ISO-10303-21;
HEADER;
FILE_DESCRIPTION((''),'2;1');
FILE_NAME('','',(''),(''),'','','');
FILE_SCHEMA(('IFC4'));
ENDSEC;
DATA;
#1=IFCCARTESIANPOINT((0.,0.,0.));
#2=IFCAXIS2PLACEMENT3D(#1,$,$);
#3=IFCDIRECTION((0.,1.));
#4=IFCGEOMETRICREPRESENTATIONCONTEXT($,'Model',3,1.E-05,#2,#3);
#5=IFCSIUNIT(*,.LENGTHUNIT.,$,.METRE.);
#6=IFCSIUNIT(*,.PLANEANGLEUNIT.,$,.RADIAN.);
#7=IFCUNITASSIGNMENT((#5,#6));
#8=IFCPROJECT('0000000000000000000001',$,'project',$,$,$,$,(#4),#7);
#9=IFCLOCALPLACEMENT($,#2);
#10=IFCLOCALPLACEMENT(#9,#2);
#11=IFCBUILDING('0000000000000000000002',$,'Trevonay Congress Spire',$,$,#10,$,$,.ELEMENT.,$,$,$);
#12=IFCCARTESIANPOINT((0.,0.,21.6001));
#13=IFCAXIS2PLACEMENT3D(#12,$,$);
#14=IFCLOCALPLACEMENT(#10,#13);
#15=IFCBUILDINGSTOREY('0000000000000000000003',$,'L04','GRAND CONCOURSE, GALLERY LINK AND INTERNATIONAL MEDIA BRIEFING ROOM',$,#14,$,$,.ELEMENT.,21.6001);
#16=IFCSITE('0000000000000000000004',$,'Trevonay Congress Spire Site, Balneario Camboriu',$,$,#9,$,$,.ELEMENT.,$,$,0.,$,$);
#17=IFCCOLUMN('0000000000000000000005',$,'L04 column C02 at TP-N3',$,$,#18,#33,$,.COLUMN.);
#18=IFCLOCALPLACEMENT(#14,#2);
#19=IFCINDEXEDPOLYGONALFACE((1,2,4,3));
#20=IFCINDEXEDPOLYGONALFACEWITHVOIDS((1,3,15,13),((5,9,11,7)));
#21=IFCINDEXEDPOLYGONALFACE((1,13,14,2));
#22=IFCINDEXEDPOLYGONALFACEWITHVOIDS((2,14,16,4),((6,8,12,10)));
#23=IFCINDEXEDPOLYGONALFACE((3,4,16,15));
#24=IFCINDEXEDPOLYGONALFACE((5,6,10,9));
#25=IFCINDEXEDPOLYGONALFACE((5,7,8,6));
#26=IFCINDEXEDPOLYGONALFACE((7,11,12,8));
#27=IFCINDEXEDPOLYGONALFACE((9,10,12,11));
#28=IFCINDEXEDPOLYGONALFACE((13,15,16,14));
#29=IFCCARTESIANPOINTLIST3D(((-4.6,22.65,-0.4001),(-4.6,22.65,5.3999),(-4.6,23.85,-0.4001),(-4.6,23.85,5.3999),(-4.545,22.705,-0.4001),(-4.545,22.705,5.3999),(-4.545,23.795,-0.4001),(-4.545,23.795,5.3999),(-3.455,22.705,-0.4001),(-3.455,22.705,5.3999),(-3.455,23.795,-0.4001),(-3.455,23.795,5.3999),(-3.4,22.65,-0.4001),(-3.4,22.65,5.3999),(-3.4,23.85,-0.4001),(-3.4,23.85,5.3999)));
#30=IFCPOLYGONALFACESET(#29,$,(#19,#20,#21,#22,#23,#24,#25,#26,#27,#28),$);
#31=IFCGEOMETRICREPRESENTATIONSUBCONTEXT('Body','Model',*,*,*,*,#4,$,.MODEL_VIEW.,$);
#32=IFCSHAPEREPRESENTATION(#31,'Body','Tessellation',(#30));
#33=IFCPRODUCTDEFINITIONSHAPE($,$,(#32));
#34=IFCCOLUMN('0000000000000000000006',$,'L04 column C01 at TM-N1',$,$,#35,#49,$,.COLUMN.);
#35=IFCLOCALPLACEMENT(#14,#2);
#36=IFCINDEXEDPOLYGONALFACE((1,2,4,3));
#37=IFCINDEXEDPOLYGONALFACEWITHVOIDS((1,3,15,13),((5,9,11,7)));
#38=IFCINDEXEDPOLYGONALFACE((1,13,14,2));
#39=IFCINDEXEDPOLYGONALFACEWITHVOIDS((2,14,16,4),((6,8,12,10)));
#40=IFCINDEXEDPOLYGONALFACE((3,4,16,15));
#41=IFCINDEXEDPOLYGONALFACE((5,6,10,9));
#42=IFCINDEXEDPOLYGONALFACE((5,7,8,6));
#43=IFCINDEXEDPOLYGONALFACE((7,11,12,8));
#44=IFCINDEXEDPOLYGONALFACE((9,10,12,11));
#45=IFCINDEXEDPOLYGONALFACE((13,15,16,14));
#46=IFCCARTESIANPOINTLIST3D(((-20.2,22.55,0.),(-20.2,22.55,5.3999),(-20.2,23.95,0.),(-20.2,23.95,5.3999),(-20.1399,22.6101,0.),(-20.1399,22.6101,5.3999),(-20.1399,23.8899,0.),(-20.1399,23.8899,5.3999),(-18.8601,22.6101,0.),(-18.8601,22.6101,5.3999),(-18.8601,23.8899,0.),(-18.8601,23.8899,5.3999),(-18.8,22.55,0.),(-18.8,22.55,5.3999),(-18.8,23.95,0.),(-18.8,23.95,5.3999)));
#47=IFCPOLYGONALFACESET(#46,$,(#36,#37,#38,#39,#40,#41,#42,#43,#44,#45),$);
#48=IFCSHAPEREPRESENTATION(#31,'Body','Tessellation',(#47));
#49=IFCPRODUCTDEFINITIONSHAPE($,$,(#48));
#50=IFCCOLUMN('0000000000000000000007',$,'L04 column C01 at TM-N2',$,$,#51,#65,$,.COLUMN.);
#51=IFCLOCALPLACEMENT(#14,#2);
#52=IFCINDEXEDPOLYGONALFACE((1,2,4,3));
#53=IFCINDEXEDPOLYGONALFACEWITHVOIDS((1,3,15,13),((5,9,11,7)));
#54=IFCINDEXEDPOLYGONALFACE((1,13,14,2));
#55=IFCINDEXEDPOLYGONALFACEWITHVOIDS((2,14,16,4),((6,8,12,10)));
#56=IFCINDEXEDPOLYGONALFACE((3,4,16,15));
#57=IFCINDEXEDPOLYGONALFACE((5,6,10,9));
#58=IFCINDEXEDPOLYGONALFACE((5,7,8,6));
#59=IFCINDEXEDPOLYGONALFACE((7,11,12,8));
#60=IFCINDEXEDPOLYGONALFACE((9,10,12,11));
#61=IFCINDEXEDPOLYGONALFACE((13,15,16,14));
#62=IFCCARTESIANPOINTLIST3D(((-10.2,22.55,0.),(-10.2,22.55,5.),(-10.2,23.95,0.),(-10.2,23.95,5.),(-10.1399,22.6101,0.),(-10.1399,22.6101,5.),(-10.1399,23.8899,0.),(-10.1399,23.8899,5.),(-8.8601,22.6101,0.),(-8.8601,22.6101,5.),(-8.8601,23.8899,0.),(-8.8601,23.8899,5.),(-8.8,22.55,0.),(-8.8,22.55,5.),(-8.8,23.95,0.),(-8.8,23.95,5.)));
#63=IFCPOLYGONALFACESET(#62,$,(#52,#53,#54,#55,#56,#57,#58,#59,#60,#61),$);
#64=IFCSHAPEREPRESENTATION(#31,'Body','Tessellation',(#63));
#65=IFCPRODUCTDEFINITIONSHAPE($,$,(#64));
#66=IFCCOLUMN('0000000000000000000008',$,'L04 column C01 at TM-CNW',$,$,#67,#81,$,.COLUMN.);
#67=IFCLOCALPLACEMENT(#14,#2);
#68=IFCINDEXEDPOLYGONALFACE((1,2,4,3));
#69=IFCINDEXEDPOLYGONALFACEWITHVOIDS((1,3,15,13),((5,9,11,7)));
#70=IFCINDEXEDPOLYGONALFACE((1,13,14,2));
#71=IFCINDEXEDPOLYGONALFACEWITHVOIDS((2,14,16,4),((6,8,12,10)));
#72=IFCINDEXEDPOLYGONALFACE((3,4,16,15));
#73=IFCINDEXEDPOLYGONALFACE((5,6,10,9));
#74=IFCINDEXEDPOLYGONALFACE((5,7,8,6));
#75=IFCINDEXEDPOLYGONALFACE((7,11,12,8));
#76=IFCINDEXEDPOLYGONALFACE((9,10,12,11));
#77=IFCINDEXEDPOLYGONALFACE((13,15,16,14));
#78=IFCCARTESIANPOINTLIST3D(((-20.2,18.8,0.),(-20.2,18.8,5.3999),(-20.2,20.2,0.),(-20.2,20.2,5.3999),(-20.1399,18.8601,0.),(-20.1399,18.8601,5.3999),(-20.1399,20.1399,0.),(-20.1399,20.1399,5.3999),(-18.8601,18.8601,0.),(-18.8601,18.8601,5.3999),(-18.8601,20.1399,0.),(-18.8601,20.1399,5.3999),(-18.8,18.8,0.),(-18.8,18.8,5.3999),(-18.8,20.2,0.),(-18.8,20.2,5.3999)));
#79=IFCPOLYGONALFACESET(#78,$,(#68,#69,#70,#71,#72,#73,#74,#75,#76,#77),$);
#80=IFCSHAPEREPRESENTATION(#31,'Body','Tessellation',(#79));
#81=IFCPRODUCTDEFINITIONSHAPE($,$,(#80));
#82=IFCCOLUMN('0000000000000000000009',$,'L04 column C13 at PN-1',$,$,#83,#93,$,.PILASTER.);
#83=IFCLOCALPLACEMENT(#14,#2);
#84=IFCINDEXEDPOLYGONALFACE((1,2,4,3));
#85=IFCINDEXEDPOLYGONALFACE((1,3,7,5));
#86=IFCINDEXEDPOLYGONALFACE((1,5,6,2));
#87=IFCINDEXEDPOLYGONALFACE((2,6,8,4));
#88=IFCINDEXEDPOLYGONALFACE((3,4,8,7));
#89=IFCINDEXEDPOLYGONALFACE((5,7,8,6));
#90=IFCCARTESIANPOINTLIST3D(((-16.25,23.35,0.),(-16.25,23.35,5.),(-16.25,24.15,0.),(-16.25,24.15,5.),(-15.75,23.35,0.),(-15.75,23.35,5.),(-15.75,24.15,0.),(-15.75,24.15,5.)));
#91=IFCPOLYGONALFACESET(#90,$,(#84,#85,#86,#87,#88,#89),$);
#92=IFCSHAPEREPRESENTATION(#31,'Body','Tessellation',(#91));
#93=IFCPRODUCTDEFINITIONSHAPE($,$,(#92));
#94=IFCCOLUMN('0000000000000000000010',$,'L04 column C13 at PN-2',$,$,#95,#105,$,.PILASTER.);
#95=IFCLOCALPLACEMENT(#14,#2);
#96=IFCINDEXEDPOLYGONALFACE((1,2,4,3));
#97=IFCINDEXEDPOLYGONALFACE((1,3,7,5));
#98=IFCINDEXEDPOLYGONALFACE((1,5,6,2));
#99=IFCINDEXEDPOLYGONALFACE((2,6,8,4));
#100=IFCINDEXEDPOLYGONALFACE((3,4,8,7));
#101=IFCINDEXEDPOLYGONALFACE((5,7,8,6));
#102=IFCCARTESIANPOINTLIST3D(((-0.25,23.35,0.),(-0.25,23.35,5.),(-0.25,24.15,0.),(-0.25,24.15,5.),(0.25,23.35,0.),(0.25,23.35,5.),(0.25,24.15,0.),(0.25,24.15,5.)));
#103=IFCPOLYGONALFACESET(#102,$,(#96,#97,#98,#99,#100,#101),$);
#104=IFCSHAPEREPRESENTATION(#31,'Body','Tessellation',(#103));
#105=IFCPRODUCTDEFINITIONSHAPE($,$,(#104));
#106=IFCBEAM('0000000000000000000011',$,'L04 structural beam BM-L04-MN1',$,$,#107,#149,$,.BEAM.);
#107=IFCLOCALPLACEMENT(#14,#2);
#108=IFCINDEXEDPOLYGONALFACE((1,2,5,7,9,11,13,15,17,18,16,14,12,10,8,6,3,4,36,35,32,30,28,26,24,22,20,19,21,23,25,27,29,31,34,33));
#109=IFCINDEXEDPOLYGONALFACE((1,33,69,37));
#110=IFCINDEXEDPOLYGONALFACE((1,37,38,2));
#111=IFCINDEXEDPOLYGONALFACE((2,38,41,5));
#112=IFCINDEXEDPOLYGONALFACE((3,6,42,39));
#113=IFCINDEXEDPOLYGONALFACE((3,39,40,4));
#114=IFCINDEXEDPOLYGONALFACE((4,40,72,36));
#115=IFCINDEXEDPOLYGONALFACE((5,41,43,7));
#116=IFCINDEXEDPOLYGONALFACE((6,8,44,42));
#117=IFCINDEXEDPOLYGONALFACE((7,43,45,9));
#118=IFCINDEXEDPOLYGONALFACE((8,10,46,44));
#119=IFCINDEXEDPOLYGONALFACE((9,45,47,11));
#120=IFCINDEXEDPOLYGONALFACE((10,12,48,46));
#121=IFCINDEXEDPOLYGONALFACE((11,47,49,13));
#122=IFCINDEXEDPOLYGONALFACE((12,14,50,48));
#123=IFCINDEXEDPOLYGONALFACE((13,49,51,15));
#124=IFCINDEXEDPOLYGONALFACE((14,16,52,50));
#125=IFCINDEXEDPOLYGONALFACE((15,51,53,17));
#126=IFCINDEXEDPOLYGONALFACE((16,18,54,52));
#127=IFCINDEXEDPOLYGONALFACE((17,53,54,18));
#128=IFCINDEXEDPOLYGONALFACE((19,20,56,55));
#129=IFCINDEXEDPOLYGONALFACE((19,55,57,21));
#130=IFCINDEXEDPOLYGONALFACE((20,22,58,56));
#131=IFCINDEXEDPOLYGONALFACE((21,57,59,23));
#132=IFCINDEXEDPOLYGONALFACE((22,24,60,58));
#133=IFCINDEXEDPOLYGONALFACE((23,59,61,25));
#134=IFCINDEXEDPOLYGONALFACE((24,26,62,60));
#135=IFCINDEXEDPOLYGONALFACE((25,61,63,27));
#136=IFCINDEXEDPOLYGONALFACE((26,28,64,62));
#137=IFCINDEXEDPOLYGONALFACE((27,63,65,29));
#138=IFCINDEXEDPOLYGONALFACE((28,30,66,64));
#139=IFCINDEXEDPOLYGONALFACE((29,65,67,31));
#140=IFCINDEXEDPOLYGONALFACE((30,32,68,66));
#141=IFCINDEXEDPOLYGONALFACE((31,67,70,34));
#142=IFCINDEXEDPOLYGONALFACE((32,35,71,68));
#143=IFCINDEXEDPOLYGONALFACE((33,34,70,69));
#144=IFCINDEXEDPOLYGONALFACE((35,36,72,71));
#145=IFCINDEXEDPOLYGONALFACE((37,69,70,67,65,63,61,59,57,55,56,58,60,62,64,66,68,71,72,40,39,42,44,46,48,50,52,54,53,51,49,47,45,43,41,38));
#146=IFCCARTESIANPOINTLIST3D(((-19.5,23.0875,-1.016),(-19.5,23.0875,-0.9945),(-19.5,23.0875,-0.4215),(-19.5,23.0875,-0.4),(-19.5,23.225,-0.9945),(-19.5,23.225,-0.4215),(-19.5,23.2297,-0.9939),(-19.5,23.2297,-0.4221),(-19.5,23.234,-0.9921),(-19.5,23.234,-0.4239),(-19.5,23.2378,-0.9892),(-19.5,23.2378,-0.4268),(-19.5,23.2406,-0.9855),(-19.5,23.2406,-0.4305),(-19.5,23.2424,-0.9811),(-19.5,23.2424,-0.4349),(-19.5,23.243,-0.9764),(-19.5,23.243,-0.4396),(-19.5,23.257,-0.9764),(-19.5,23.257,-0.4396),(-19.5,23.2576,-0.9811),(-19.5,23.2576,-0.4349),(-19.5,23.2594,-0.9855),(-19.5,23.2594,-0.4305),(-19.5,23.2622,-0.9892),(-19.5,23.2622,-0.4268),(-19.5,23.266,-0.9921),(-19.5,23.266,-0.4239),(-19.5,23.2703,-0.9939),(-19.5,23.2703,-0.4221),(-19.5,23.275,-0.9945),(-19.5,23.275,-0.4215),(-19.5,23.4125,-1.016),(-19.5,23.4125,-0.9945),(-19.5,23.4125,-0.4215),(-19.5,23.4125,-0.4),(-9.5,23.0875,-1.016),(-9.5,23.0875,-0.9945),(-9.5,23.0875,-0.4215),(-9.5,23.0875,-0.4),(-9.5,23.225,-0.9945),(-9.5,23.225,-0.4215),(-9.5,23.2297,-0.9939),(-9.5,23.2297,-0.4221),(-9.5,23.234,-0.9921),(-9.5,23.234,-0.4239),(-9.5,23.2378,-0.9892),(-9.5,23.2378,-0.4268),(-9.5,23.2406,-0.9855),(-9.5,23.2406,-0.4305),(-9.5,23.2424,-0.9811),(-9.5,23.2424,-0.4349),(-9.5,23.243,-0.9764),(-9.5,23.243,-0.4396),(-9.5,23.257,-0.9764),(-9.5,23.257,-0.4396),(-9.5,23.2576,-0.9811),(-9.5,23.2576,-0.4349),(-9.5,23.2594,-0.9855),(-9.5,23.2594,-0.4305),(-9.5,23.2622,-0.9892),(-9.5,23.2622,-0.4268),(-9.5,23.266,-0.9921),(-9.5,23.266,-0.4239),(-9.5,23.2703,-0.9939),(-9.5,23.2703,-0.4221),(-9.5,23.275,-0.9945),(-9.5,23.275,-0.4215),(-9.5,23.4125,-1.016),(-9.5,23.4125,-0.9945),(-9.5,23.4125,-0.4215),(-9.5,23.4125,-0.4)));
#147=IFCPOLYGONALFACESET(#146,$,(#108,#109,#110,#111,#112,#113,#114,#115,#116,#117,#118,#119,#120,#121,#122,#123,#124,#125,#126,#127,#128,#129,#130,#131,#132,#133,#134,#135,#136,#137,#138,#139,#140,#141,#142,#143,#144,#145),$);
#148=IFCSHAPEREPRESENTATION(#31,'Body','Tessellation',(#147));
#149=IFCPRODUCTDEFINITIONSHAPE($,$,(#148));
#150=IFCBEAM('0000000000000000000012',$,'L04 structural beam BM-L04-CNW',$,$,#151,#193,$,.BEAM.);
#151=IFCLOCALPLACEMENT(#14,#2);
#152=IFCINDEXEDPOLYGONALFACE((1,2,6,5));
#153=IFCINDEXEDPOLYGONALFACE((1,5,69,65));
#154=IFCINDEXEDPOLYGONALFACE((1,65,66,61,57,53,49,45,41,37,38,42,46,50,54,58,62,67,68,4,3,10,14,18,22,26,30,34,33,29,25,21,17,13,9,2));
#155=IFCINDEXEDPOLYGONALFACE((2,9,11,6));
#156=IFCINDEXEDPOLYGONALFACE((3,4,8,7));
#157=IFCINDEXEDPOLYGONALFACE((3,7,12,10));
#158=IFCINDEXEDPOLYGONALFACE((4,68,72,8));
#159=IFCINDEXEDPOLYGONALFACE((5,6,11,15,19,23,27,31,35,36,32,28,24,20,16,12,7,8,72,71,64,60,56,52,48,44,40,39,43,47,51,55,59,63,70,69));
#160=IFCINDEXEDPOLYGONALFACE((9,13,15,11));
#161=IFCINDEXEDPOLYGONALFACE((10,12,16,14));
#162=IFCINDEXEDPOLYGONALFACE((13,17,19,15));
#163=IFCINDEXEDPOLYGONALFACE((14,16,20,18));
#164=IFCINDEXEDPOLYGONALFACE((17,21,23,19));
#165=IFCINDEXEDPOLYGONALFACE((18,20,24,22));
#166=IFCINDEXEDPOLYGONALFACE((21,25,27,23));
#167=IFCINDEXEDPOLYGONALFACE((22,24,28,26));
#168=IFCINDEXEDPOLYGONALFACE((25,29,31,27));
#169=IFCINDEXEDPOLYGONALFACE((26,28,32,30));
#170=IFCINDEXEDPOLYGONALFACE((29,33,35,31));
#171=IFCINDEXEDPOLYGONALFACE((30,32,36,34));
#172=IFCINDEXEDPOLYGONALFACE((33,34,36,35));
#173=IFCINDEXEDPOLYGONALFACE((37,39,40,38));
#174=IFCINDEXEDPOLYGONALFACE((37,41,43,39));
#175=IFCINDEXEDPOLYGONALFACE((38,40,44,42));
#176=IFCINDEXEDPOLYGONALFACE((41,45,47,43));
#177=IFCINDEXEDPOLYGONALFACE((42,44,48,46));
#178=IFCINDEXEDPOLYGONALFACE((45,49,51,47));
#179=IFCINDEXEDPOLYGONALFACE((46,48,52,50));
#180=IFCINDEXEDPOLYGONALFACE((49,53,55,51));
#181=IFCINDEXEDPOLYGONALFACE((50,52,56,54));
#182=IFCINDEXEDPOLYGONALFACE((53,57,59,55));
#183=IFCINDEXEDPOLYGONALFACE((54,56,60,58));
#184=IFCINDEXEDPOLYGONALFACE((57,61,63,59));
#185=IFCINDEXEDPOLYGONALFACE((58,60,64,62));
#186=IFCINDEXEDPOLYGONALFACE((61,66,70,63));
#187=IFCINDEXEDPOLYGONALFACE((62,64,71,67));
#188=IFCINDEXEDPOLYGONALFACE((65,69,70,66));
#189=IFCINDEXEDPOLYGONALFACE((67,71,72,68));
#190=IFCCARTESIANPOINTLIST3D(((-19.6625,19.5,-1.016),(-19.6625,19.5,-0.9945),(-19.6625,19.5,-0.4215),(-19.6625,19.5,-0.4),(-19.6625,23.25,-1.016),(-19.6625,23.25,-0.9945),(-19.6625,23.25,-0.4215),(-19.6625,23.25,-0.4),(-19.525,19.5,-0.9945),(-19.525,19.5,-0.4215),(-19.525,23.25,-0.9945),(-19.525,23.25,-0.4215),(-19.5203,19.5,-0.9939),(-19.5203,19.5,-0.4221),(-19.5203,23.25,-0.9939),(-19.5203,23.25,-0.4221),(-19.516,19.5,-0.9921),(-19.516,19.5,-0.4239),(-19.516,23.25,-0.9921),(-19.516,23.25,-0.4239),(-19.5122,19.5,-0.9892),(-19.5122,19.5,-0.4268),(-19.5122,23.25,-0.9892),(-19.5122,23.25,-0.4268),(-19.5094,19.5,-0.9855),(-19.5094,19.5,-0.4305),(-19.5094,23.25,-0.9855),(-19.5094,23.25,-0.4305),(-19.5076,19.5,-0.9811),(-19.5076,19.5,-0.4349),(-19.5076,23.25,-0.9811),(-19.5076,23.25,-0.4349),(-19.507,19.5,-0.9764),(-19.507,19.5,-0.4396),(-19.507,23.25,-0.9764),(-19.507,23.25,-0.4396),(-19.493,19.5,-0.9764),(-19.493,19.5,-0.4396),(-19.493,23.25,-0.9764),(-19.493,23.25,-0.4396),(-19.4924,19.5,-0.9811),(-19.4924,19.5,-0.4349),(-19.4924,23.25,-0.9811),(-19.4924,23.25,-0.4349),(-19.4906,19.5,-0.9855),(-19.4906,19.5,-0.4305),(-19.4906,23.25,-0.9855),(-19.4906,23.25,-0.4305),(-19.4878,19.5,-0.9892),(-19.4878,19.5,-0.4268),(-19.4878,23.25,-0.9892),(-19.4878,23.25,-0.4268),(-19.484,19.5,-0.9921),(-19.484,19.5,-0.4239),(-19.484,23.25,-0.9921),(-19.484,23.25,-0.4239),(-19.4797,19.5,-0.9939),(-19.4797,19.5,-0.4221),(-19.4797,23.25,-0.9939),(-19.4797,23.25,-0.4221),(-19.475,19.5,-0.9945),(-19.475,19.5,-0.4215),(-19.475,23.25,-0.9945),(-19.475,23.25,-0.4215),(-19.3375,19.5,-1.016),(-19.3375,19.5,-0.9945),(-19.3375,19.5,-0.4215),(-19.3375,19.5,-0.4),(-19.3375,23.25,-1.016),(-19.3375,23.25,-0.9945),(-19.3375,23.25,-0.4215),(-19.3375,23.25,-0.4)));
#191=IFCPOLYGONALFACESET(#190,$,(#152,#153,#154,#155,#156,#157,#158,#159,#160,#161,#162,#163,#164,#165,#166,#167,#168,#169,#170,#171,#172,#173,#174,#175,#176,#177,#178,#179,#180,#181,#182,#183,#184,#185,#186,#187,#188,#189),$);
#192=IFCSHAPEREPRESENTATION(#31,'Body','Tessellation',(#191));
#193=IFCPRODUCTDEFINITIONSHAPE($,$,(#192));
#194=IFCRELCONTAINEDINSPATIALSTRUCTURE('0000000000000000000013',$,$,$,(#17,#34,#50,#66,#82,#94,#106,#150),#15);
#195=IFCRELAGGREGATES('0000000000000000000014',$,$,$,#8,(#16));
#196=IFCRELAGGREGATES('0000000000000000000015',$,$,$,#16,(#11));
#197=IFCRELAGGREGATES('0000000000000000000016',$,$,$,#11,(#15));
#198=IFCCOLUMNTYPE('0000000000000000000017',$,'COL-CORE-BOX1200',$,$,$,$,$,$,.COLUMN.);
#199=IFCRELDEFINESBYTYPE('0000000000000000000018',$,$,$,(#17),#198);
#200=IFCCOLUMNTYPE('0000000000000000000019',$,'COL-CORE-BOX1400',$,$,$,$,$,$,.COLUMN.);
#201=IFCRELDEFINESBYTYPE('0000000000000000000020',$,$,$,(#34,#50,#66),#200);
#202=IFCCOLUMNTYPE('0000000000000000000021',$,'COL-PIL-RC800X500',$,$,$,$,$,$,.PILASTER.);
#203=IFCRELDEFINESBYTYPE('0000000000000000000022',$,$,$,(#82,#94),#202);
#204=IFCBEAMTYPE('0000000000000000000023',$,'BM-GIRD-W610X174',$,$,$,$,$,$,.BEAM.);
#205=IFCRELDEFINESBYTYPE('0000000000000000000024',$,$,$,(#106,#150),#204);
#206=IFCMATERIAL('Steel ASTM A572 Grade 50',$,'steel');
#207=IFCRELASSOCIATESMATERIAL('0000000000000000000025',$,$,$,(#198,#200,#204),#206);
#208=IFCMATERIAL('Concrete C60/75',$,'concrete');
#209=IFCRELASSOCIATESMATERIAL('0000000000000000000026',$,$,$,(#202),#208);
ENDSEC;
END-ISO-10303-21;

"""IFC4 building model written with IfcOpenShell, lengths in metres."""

from ifc_helpers import new_model, si_unit, direction, frame, origin, origin_2d, place, context, subcontext, project, spatial, rectangle, hollow_rectangle, i_section, extrude, material, material_profile, profile_set, type_object, element, save


model = new_model("IFC4")

# Units and contexts
model_context = context("Model", 3, precision=1e-05, world=origin(), true_north=direction((0.0, 1.0)))
body_context = subcontext(model_context, "Body", "Model", "MODEL_VIEW")
ifc_project = project(units=[si_unit("LENGTHUNIT", "METRE"), si_unit("PLANEANGLEUNIT", "RADIAN")], contexts=[model_context])

# Site, building, storey
site_placement = place(None, origin())
site = spatial("IfcSite", under=ifc_project, at=site_placement, Name="Trevonay Congress Spire Site, Balneario Camboriu", CompositionType="ELEMENT", RefElevation=0.0)
building_placement = place(site_placement, origin())
building = spatial("IfcBuilding", under=site, at=building_placement, Name="Trevonay Congress Spire", CompositionType="ELEMENT")
storey_placement = place(building_placement, frame((0.0, 0.0, 21.6001)))
storey = spatial("IfcBuildingStorey", under=building, at=storey_placement, Name="L04", Description="GRAND CONCOURSE, GALLERY LINK AND INTERNATIONAL MEDIA BRIEFING ROOM", CompositionType="ELEMENT", Elevation=21.6001)

# Columns
ifc_material_1 = material(Name="Steel ASTM A572 Grade 50", Category="steel")
ifc_material_profile_1 = material_profile(ifc_material_1, hollow_rectangle(XDim=1.2, YDim=1.2, WallThickness=0.0549, at=origin_2d()), Name="BOX 1200x1200x55")
ifc_profile_set_1 = profile_set([ifc_material_profile_1], Name="Steel ASTM A572 Grade 50")
column_type_1 = type_object("IfcColumnType", Name="COL-CORE-BOX1200", PredefinedType="COLUMN", material=ifc_profile_set_1)
column_1_placement = place(storey_placement, frame((-4.0, 23.25, -0.4001), z_axis=(0.0, 0.0, 1.0), x_axis=(1.0, 0.0, 0.0)))
element("IfcColumn", 1, at=column_1_placement, inside=storey, type_object=column_type_1, Name="L04 column C02 at TP-N3", PredefinedType="COLUMN", context=body_context, shape_type="SweptSolid", body=[
    extrude(hollow_rectangle(XDim=1.2, YDim=1.2, WallThickness=0.0549, at=origin_2d()), origin(), (0.0, 0.0, 1.0), 5.8),
])
ifc_material_profile_2 = material_profile(ifc_material_1, hollow_rectangle(XDim=1.3999, YDim=1.3999, WallThickness=0.0601, at=origin_2d()), Name="BOX 1400x1400x60")
ifc_profile_set_2 = profile_set([ifc_material_profile_2], Name="Steel ASTM A572 Grade 50")
column_type_2 = type_object("IfcColumnType", Name="COL-CORE-BOX1400", PredefinedType="COLUMN", material=ifc_profile_set_2)
column_2_placement = place(storey_placement, frame((-19.5, 23.25, 0.0), z_axis=(0.0, 0.0, 1.0), x_axis=(1.0, 0.0, 0.0)))
element("IfcColumn", 2, at=column_2_placement, inside=storey, type_object=column_type_2, Name="L04 column C01 at TM-N1", PredefinedType="COLUMN", context=body_context, shape_type="SweptSolid", body=[
    extrude(hollow_rectangle(XDim=1.3999, YDim=1.3999, WallThickness=0.0601, at=origin_2d()), origin(), (0.0, 0.0, 1.0), 5.3999),
])
column_3_placement = place(storey_placement, frame((-9.5, 23.25, 0.0), z_axis=(0.0, 0.0, 1.0), x_axis=(1.0, 0.0, 0.0)))
element("IfcColumn", 3, at=column_3_placement, inside=storey, type_object=column_type_2, Name="L04 column C01 at TM-N2", PredefinedType="COLUMN", context=body_context, shape_type="SweptSolid", body=[
    extrude(hollow_rectangle(XDim=1.3999, YDim=1.3999, WallThickness=0.0601, at=origin_2d()), origin(), (0.0, 0.0, 1.0), 5.0),
])
column_4_placement = place(storey_placement, frame((-19.5, 19.5, 0.0), z_axis=(0.0, 0.0, 1.0), x_axis=(1.0, 0.0, 0.0)))
element("IfcColumn", 4, at=column_4_placement, inside=storey, type_object=column_type_2, Name="L04 column C01 at TM-CNW", PredefinedType="COLUMN", context=body_context, shape_type="SweptSolid", body=[
    extrude(hollow_rectangle(XDim=1.3999, YDim=1.3999, WallThickness=0.0601, at=origin_2d()), origin(), (0.0, 0.0, 1.0), 5.3999),
])
ifc_material_2 = material(Name="Concrete C60/75", Category="concrete")
ifc_material_profile_3 = material_profile(ifc_material_2, rectangle(XDim=0.5, YDim=0.8, at=origin_2d()), Name="RC 800x500")
ifc_profile_set_3 = profile_set([ifc_material_profile_3], Name="Concrete C60/75")
column_type_3 = type_object("IfcColumnType", Name="COL-PIL-RC800X500", PredefinedType="PILASTER", material=ifc_profile_set_3)
for number, where, z_axis, x_axis, name in (
    (5, (-16.0, 23.75, 0.0), (0.0, 0.0, 1.0), (1.0, 0.0, 0.0), "L04 column C13 at PN-1"),
    (6, (0.0, 23.75, 0.0), (0.0, 0.0, 1.0), (1.0, 0.0, 0.0), "L04 column C13 at PN-2"),
):
    element("IfcColumn", number, at=place(storey_placement, frame(where, z_axis=z_axis, x_axis=x_axis)), inside=storey, type_object=column_type_3, Name=name, PredefinedType="PILASTER", context=body_context, shape_type="SweptSolid", body=[
        extrude(rectangle(XDim=0.5, YDim=0.8, at=origin_2d()), origin(), (0.0, 0.0, 1.0), 5.0),
    ])

# Beams
ifc_material_profile_4 = material_profile(ifc_material_1, i_section(OverallWidth=0.325, OverallDepth=0.616, WebThickness=0.0139, FlangeThickness=0.0215, FilletRadius=0.0181, at=origin_2d()), Name="W610x174")
ifc_profile_set_4 = profile_set([ifc_material_profile_4], Name="Steel ASTM A572 Grade 50")
beam_type_1 = type_object("IfcBeamType", Name="BM-GIRD-W610X174", PredefinedType="BEAM", material=ifc_profile_set_4)
beam_1_placement = place(storey_placement, frame((-19.5, 23.25, -0.708), z_axis=(1.0, 0.0, 0.0), x_axis=(0.0, 1.0, 0.0)))
element("IfcBeam", 7, at=beam_1_placement, inside=storey, type_object=beam_type_1, Name="L04 structural beam BM-L04-MN1", PredefinedType="BEAM", context=body_context, shape_type="SweptSolid", body=[
    extrude(i_section(OverallWidth=0.325, OverallDepth=0.616, WebThickness=0.0139, FlangeThickness=0.0215, FilletRadius=0.0181, at=origin_2d()), origin(), (0.0, 0.0, 1.0), 10.0),
])
beam_2_placement = place(storey_placement, frame((-19.5, 23.25, -0.708), z_axis=(0.0, -1.0, 0.0), x_axis=(1.0, 0.0, 0.0)))
element("IfcBeam", 8, at=beam_2_placement, inside=storey, type_object=beam_type_1, Name="L04 structural beam BM-L04-CNW", PredefinedType="BEAM", context=body_context, shape_type="SweptSolid", body=[
    extrude(i_section(OverallWidth=0.325, OverallDepth=0.616, WebThickness=0.0139, FlangeThickness=0.0215, FilletRadius=0.0181, at=origin_2d()), origin(), (0.0, 0.0, 1.0), 3.75),
])

save(model, "model.ifc")
